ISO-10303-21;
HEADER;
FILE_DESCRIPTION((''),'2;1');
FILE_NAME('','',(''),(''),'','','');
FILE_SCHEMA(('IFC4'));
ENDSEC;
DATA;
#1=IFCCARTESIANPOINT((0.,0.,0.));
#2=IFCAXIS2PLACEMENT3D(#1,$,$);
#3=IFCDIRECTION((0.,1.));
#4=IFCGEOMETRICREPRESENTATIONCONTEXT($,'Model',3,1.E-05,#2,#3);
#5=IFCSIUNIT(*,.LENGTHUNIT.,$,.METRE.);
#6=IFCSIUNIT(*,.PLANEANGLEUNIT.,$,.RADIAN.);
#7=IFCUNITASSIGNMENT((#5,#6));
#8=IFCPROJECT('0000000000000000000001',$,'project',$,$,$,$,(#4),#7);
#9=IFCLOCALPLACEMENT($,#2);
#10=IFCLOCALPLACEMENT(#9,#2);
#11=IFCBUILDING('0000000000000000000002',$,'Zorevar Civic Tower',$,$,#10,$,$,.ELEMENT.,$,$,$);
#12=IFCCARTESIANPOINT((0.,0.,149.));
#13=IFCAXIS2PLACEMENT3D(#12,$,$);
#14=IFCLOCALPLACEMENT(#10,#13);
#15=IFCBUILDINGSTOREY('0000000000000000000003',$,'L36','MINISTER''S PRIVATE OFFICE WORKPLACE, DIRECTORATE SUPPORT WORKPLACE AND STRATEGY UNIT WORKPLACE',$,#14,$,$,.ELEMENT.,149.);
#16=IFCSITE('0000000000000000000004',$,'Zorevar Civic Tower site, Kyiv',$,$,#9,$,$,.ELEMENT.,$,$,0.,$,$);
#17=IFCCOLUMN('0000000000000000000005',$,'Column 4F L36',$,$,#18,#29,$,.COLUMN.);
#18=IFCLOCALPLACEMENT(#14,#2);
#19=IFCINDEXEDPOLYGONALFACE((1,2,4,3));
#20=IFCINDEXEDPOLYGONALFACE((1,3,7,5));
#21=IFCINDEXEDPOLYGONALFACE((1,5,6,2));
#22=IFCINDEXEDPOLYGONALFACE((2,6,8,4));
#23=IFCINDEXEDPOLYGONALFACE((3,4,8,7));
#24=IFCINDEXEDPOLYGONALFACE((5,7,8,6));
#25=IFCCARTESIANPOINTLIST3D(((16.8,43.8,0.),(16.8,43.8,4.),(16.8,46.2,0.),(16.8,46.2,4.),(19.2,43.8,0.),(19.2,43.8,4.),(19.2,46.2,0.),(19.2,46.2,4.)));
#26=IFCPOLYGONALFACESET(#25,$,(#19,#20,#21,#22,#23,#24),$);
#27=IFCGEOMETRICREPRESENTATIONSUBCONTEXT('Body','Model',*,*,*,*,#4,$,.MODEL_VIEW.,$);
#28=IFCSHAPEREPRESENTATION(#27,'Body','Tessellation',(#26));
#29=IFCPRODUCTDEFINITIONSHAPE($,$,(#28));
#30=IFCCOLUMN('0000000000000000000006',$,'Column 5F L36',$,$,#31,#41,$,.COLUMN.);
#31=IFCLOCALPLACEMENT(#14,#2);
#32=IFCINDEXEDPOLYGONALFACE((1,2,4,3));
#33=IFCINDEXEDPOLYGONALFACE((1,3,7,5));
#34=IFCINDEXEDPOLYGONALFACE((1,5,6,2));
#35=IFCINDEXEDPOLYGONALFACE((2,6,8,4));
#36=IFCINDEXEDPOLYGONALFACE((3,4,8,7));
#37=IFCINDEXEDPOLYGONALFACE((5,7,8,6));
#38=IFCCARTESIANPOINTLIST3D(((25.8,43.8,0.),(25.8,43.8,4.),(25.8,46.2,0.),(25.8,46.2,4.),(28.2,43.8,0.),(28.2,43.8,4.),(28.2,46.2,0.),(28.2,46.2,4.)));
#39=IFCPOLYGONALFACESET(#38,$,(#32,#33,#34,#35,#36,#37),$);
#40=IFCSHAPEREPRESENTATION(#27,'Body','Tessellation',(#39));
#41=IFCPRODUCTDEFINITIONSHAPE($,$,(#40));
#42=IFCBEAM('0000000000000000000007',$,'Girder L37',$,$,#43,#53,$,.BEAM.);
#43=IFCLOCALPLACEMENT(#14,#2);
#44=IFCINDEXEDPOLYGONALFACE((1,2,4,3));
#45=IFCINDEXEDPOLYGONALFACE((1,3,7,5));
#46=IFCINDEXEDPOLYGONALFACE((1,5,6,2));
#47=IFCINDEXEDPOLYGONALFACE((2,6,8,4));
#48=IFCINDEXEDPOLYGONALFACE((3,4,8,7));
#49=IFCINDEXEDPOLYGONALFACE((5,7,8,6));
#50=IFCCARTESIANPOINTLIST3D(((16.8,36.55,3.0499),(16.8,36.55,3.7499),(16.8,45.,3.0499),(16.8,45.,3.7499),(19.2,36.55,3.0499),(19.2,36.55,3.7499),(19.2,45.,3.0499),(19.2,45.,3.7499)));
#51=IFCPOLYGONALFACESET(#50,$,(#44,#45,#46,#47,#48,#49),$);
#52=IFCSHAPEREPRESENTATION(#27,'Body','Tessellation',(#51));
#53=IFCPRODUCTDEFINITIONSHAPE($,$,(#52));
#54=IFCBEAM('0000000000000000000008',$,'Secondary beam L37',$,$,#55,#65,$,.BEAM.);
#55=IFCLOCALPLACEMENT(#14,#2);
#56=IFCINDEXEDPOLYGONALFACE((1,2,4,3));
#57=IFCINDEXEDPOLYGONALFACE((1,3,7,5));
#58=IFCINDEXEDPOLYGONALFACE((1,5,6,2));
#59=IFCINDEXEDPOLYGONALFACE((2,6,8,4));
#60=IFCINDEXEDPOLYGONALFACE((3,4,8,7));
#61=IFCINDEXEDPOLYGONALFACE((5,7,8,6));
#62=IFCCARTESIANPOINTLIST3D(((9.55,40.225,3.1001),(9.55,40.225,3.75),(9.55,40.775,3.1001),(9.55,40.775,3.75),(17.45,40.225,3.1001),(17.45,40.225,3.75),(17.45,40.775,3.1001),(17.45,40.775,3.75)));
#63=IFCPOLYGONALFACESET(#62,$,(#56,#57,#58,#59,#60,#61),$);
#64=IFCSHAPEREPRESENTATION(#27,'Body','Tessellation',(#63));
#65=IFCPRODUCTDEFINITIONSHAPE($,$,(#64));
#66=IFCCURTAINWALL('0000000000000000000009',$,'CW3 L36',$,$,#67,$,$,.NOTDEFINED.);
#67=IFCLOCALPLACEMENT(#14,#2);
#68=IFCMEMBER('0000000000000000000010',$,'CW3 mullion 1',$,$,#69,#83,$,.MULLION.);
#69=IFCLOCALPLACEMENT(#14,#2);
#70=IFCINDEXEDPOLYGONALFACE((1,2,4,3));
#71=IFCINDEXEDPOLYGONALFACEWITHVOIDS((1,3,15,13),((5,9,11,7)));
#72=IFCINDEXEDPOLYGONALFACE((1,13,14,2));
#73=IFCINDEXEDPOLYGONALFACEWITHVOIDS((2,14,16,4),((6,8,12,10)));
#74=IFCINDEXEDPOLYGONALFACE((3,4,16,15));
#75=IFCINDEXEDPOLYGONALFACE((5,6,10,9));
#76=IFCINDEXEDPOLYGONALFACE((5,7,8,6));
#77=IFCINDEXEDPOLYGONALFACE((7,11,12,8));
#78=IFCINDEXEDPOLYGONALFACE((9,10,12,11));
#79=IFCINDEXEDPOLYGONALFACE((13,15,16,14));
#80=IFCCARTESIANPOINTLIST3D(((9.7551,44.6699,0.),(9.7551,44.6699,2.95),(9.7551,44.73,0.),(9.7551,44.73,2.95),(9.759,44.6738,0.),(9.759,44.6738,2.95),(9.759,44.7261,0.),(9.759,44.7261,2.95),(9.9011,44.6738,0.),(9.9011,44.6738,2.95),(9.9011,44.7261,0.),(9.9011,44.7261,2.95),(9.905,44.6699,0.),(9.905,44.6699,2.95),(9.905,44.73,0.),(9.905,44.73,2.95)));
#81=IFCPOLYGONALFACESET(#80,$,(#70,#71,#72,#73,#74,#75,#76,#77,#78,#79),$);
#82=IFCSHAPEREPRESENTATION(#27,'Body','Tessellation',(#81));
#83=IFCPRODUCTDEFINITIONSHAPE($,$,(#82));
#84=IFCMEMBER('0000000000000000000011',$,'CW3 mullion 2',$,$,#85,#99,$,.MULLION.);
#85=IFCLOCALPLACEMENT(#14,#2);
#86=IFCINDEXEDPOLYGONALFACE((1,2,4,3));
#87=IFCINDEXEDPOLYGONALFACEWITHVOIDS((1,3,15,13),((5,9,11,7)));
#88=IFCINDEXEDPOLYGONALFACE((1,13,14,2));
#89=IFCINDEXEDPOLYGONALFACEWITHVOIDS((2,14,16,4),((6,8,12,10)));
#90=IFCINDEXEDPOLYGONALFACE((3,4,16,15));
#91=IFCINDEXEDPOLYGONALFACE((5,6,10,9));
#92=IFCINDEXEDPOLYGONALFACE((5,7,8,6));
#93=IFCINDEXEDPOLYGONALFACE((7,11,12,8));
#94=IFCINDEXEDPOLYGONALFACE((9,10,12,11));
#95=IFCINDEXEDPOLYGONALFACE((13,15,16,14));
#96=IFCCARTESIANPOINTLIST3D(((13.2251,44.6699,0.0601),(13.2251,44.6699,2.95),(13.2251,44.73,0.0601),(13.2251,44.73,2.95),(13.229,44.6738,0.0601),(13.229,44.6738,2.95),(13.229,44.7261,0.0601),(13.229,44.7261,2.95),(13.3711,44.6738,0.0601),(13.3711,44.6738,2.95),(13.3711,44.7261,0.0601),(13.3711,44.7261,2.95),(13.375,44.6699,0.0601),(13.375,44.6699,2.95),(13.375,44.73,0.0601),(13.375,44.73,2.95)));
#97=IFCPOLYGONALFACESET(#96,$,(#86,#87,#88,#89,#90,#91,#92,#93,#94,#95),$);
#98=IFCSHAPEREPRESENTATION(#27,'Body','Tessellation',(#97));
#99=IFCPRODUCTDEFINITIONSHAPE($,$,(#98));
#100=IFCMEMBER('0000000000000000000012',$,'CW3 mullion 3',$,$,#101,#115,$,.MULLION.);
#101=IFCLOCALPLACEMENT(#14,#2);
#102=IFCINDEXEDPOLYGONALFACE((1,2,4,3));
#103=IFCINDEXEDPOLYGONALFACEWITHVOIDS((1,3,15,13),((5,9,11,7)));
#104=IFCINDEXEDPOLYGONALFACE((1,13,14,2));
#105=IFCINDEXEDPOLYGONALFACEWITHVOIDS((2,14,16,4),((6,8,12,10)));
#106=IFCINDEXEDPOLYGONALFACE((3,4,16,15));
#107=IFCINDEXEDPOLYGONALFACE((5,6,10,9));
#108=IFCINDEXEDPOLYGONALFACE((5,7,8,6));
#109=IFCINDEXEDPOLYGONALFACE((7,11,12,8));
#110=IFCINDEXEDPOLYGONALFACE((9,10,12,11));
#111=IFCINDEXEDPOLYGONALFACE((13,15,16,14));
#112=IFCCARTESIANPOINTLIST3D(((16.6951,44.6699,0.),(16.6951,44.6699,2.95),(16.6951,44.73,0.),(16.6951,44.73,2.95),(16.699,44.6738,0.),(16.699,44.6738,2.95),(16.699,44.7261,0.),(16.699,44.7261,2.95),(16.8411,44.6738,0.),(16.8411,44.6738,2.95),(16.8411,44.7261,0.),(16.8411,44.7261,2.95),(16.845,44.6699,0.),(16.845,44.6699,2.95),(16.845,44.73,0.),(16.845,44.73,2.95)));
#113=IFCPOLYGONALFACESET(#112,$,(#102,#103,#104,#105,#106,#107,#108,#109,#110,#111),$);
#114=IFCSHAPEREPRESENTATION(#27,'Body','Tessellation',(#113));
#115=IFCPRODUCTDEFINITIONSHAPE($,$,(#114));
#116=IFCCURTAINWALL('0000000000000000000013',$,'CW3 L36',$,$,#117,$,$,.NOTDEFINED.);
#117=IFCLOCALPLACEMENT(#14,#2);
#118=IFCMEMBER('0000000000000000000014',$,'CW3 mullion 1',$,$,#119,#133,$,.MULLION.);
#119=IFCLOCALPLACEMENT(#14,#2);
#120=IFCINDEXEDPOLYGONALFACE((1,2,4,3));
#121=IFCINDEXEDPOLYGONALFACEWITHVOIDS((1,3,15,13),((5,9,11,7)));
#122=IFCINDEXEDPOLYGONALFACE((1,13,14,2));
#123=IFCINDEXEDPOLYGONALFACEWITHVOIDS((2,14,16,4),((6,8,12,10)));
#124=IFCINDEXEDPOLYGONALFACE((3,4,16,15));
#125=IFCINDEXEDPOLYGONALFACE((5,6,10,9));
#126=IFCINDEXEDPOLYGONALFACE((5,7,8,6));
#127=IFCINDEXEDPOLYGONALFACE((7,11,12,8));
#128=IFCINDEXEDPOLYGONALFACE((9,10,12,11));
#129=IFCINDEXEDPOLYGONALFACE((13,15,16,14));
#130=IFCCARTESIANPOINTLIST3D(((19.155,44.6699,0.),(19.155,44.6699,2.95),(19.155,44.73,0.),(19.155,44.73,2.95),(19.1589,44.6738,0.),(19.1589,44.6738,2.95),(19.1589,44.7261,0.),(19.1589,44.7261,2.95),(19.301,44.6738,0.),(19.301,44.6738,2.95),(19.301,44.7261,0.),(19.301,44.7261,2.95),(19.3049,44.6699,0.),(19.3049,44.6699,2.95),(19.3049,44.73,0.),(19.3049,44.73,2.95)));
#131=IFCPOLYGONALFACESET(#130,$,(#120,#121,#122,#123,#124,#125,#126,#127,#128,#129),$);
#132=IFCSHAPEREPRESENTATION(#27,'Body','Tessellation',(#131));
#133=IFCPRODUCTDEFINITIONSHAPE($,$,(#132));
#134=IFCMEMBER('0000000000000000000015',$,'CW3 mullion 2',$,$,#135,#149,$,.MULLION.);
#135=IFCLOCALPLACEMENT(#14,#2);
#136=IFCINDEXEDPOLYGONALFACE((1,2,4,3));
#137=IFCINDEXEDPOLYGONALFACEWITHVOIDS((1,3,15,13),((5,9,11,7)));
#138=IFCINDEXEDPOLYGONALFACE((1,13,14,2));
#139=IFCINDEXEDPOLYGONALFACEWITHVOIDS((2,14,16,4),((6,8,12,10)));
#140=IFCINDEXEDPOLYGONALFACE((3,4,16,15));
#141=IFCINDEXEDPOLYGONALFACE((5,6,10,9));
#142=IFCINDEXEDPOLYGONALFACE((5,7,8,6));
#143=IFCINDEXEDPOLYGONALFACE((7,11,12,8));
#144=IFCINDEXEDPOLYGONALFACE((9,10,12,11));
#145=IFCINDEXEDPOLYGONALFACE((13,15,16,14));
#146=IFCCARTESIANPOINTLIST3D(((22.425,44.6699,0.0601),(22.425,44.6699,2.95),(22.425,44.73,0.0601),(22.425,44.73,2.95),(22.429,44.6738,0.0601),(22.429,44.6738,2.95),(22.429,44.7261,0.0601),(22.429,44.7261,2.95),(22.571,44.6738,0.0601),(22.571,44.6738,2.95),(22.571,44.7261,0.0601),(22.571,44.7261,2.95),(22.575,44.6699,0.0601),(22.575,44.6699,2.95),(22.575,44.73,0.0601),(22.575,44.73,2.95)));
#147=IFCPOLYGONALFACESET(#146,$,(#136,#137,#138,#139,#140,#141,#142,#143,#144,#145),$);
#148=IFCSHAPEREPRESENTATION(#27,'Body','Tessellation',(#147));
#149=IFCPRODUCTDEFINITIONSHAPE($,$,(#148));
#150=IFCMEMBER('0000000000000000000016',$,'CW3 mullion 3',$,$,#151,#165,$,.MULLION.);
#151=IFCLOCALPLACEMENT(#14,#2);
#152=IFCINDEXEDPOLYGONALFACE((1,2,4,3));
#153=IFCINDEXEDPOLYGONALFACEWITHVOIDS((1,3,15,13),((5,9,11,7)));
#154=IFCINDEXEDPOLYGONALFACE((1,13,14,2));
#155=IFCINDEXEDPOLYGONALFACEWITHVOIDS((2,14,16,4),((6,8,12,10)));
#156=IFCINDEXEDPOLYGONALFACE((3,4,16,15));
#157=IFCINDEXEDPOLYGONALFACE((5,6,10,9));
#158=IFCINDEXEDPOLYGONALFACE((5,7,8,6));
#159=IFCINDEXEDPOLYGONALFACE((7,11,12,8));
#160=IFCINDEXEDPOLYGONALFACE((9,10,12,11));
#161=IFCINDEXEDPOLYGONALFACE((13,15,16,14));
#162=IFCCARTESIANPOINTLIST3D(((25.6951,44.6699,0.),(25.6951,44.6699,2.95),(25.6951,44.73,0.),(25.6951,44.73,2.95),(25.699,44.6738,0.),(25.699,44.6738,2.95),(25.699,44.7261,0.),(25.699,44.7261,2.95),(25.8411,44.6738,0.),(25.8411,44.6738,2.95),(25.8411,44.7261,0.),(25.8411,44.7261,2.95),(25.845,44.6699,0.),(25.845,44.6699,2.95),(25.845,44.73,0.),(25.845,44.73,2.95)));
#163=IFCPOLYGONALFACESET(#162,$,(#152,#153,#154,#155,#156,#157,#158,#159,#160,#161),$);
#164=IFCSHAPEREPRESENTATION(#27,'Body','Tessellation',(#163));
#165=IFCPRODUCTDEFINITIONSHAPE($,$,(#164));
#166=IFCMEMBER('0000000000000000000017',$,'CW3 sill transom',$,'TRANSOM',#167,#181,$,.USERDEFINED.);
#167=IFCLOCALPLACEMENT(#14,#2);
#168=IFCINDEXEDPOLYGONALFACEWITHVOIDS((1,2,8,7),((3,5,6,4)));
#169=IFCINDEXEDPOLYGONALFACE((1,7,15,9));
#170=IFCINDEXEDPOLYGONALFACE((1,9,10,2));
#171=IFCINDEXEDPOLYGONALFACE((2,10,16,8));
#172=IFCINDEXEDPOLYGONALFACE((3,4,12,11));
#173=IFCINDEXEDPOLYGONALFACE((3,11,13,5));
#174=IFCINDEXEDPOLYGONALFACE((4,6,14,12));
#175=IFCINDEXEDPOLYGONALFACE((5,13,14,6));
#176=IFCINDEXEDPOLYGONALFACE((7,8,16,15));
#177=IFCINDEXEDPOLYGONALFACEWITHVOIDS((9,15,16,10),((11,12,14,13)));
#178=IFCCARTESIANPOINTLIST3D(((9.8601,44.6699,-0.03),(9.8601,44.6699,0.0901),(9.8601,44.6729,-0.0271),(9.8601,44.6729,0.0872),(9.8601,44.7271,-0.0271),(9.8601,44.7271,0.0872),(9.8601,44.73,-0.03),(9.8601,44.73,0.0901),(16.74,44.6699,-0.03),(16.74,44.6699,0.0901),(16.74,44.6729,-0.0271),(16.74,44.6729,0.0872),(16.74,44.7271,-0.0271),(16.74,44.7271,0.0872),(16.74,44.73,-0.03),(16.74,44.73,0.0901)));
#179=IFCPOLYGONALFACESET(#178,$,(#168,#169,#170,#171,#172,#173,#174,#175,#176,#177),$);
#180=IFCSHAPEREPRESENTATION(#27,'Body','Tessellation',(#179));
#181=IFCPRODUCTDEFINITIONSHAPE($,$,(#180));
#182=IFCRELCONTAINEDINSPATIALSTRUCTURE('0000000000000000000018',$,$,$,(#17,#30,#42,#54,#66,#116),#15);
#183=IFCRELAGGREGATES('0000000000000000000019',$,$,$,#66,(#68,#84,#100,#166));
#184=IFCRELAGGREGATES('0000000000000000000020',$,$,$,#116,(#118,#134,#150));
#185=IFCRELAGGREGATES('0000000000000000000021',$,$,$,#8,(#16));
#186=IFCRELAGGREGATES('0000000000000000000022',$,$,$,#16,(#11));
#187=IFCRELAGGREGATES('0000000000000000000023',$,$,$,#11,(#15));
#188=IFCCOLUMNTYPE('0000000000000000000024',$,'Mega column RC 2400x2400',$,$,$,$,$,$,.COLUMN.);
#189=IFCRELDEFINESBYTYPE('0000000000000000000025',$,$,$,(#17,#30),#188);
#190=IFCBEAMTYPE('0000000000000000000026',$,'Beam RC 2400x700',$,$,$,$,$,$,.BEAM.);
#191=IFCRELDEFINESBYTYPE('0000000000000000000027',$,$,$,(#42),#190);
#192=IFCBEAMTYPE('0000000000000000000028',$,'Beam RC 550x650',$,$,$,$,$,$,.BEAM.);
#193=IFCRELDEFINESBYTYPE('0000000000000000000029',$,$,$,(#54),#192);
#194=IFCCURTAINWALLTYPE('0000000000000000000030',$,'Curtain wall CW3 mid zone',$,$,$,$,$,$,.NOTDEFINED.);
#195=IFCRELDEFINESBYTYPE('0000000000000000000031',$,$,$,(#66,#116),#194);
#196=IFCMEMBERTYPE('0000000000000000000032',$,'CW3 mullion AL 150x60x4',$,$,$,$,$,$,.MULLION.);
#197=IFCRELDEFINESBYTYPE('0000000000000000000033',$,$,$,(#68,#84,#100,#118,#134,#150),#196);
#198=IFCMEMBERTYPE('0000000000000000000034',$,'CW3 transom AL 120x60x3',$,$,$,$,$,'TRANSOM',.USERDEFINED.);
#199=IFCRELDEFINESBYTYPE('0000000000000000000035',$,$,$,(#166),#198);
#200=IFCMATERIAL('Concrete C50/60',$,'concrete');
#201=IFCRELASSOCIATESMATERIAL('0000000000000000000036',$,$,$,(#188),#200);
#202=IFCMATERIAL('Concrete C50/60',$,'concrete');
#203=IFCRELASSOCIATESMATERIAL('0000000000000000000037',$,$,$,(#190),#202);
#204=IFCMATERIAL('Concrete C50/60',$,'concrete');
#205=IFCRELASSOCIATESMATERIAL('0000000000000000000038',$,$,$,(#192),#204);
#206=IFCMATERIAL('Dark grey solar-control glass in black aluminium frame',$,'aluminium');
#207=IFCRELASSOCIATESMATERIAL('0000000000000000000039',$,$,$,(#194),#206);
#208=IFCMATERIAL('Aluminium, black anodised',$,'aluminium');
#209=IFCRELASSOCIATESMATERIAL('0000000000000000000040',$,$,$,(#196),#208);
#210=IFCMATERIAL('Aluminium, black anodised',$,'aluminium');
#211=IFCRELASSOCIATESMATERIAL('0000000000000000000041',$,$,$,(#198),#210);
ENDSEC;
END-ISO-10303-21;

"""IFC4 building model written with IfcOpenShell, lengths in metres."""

from ifc_helpers import new_model, si_unit, direction, frame, origin, origin_2d, place, context, subcontext, project, spatial, rectangle, hollow_rectangle, extrude, material, material_profile, profile_set, type_object, element, aggregate, save


model = new_model("IFC4")

# Units and contexts
model_context = context("Model", 3, precision=1e-05, world=origin(), true_north=direction((0.0, 1.0)))
body_context = subcontext(model_context, "Body", "Model", "MODEL_VIEW")
ifc_project = project(units=[si_unit("LENGTHUNIT", "METRE"), si_unit("PLANEANGLEUNIT", "RADIAN")], contexts=[model_context])

# Site, building, storey
site_placement = place(None, origin())
site = spatial("IfcSite", under=ifc_project, at=site_placement, Name="Zorevar Civic Tower site, Kyiv", CompositionType="ELEMENT", RefElevation=0.0)
building_placement = place(site_placement, origin())
building = spatial("IfcBuilding", under=site, at=building_placement, Name="Zorevar Civic Tower", CompositionType="ELEMENT")
storey_placement = place(building_placement, frame((0.0, 0.0, 149.0)))
storey = spatial("IfcBuildingStorey", under=building, at=storey_placement, Name="L36", Description="MINISTER'S PRIVATE OFFICE WORKPLACE, DIRECTORATE SUPPORT WORKPLACE AND STRATEGY UNIT WORKPLACE", CompositionType="ELEMENT", Elevation=149.0)

# Columns
ifc_material_1 = material(Name="Concrete C50/60", Category="concrete")
ifc_material_profile_1 = material_profile(ifc_material_1, rectangle(XDim=2.3999, YDim=2.3999, at=origin_2d()), Name="RC 2400x2400")
ifc_profile_set_1 = profile_set([ifc_material_profile_1], Name="Concrete C50/60")
column_type = type_object("IfcColumnType", Name="Mega column RC 2400x2400", PredefinedType="COLUMN", material=ifc_profile_set_1)
for number, where, z_axis, x_axis, name in (
    (1, (18.0, 45.0, 0.0), (0.0, 0.0, 1.0), (1.0, 0.0, 0.0), "Column 4F L36"),
    (2, (27.0, 45.0, 0.0), (0.0, 0.0, 1.0), (1.0, 0.0, 0.0), "Column 5F L36"),
):
    element("IfcColumn", number, at=place(storey_placement, frame(where, z_axis=z_axis, x_axis=x_axis)), inside=storey, type_object=column_type, Name=name, PredefinedType="COLUMN", context=body_context, shape_type="SweptSolid", body=[
        extrude(rectangle(XDim=2.3999, YDim=2.3999, at=origin_2d()), origin(), (0.0, 0.0, 1.0), 4.0),
    ])

# Beams
ifc_material_2 = material(Name="Concrete C50/60", Category="concrete")
ifc_material_profile_2 = material_profile(ifc_material_2, rectangle(XDim=2.3999, YDim=0.7, at=origin_2d()), Name="RC 2400x700")
ifc_profile_set_2 = profile_set([ifc_material_profile_2], Name="Concrete C50/60")
beam_type_1 = type_object("IfcBeamType", Name="Beam RC 2400x700", PredefinedType="BEAM", material=ifc_profile_set_2)
beam_1_placement = place(storey_placement, frame((18.0, 36.55, 3.3999), z_axis=(0.0, 1.0, 0.0), x_axis=(-1.0, 0.0, 0.0)))
element("IfcBeam", 3, at=beam_1_placement, inside=storey, type_object=beam_type_1, Name="Girder L37", PredefinedType="BEAM", context=body_context, shape_type="SweptSolid", body=[
    extrude(rectangle(XDim=2.3999, YDim=0.7, at=origin_2d()), origin(), (0.0, 0.0, 1.0), 8.45),
])
ifc_material_3 = material(Name="Concrete C50/60", Category="concrete")
ifc_material_profile_3 = material_profile(ifc_material_3, rectangle(XDim=0.55, YDim=0.6499, at=origin_2d()), Name="RC 550x650")
ifc_profile_set_3 = profile_set([ifc_material_profile_3], Name="Concrete C50/60")
beam_type_2 = type_object("IfcBeamType", Name="Beam RC 550x650", PredefinedType="BEAM", material=ifc_profile_set_3)
beam_2_placement = place(storey_placement, frame((9.55, 40.5, 3.425), z_axis=(1.0, 0.0, 0.0), x_axis=(0.0, 1.0, 0.0)))
element("IfcBeam", 4, at=beam_2_placement, inside=storey, type_object=beam_type_2, Name="Secondary beam L37", PredefinedType="BEAM", context=body_context, shape_type="SweptSolid", body=[
    extrude(rectangle(XDim=0.55, YDim=0.6499, at=origin_2d()), origin(), (0.0, 0.0, 1.0), 7.8999),
])

# Curtain walls, members
ifc_material_4 = material(Name="Dark grey solar-control glass in black aluminium frame", Category="aluminium")
curtain_wall_type = type_object("IfcCurtainWallType", Name="Curtain wall CW3 mid zone", PredefinedType="NOTDEFINED", material=ifc_material_4)
curtain_wall_1_placement = place(storey_placement, origin())
curtain_wall_1 = element("IfcCurtainWall", 5, at=curtain_wall_1_placement, inside=storey, type_object=curtain_wall_type, Name="CW3 L36", PredefinedType="NOTDEFINED")
ifc_material_5 = material(Name="Aluminium, black anodised", Category="aluminium")
ifc_material_profile_4 = material_profile(ifc_material_5, hollow_rectangle(XDim=0.0601, YDim=0.1499, WallThickness=0.0039, at=origin_2d()), Name="AL 150x60x4")
ifc_profile_set_4 = profile_set([ifc_material_profile_4], Name="Aluminium, black anodised")
member_type_1 = type_object("IfcMemberType", Name="CW3 mullion AL 150x60x4", PredefinedType="MULLION", material=ifc_profile_set_4)
member_1_placement = place(storey_placement, frame((9.8301, 44.7, 0.0), z_axis=(0.0, 0.0, 1.0), x_axis=(0.0, 1.0, 0.0)))
member_1 = element("IfcMember", 6, at=member_1_placement, type_object=member_type_1, Name="CW3 mullion 1", PredefinedType="MULLION", context=body_context, shape_type="SweptSolid", body=[
    extrude(hollow_rectangle(XDim=0.0601, YDim=0.1499, WallThickness=0.0039, at=origin_2d()), origin(), (0.0, 0.0, 1.0), 2.95),
])
member_2_placement = place(storey_placement, frame((13.3, 44.7, 0.0601), z_axis=(0.0, 0.0, 1.0), x_axis=(0.0, 1.0, 0.0)))
member_2 = element("IfcMember", 7, at=member_2_placement, type_object=member_type_1, Name="CW3 mullion 2", PredefinedType="MULLION", context=body_context, shape_type="SweptSolid", body=[
    extrude(hollow_rectangle(XDim=0.0601, YDim=0.1499, WallThickness=0.0039, at=origin_2d()), origin(), (0.0, 0.0, 1.0), 2.8899),
])
member_3_placement = place(storey_placement, frame((16.77, 44.7, 0.0), z_axis=(0.0, 0.0, 1.0), x_axis=(0.0, 1.0, 0.0)))
member_3 = element("IfcMember", 8, at=member_3_placement, type_object=member_type_1, Name="CW3 mullion 3", PredefinedType="MULLION", context=body_context, shape_type="SweptSolid", body=[
    extrude(hollow_rectangle(XDim=0.0601, YDim=0.1499, WallThickness=0.0039, at=origin_2d()), origin(), (0.0, 0.0, 1.0), 2.95),
])
curtain_wall_2_placement = place(storey_placement, origin())
curtain_wall_2 = element("IfcCurtainWall", 9, at=curtain_wall_2_placement, inside=storey, type_object=curtain_wall_type, Name="CW3 L36", PredefinedType="NOTDEFINED")
member_4_placement = place(storey_placement, frame((19.23, 44.7, 0.0), z_axis=(0.0, 0.0, 1.0), x_axis=(0.0, 1.0, 0.0)))
member_4 = element("IfcMember", 10, at=member_4_placement, type_object=member_type_1, Name="CW3 mullion 1", PredefinedType="MULLION", context=body_context, shape_type="SweptSolid", body=[
    extrude(hollow_rectangle(XDim=0.0601, YDim=0.1499, WallThickness=0.0039, at=origin_2d()), origin(), (0.0, 0.0, 1.0), 2.95),
])
member_5_placement = place(storey_placement, frame((22.5, 44.7, 0.0601), z_axis=(0.0, 0.0, 1.0), x_axis=(0.0, 1.0, 0.0)))
member_5 = element("IfcMember", 11, at=member_5_placement, type_object=member_type_1, Name="CW3 mullion 2", PredefinedType="MULLION", context=body_context, shape_type="SweptSolid", body=[
    extrude(hollow_rectangle(XDim=0.0601, YDim=0.1499, WallThickness=0.0039, at=origin_2d()), origin(), (0.0, 0.0, 1.0), 2.8899),
])
member_6_placement = place(storey_placement, frame((25.77, 44.7, 0.0), z_axis=(0.0, 0.0, 1.0), x_axis=(0.0, 1.0, 0.0)))
member_6 = element("IfcMember", 12, at=member_6_placement, type_object=member_type_1, Name="CW3 mullion 3", PredefinedType="MULLION", context=body_context, shape_type="SweptSolid", body=[
    extrude(hollow_rectangle(XDim=0.0601, YDim=0.1499, WallThickness=0.0039, at=origin_2d()), origin(), (0.0, 0.0, 1.0), 2.95),
])

# Member
ifc_material_6 = material(Name="Aluminium, black anodised", Category="aluminium")
ifc_material_profile_5 = material_profile(ifc_material_6, hollow_rectangle(XDim=0.0601, YDim=0.1201, WallThickness=0.0029, at=origin_2d()), Name="AL 120x60x3")
ifc_profile_set_5 = profile_set([ifc_material_profile_5], Name="Aluminium, black anodised")
member_type_2 = type_object("IfcMemberType", Name="CW3 transom AL 120x60x3", ElementType="TRANSOM", PredefinedType="USERDEFINED", material=ifc_profile_set_5)
member_7_placement = place(storey_placement, frame((9.8601, 44.7, 0.03), z_axis=(1.0, 0.0, 0.0), x_axis=(0.0, 1.0, 0.0)))
member_7 = element("IfcMember", 13, at=member_7_placement, type_object=member_type_2, Name="CW3 sill transom", ObjectType="TRANSOM", PredefinedType="USERDEFINED", context=body_context, shape_type="SweptSolid", body=[
    extrude(hollow_rectangle(XDim=0.0601, YDim=0.1201, WallThickness=0.0029, at=origin_2d()), origin(), (0.0, 0.0, 1.0), 6.8799),
])

aggregate(curtain_wall_1, [member_1, member_2, member_3, member_7])
aggregate(curtain_wall_2, [member_4, member_5, member_6])

save(model, "model.ifc")
